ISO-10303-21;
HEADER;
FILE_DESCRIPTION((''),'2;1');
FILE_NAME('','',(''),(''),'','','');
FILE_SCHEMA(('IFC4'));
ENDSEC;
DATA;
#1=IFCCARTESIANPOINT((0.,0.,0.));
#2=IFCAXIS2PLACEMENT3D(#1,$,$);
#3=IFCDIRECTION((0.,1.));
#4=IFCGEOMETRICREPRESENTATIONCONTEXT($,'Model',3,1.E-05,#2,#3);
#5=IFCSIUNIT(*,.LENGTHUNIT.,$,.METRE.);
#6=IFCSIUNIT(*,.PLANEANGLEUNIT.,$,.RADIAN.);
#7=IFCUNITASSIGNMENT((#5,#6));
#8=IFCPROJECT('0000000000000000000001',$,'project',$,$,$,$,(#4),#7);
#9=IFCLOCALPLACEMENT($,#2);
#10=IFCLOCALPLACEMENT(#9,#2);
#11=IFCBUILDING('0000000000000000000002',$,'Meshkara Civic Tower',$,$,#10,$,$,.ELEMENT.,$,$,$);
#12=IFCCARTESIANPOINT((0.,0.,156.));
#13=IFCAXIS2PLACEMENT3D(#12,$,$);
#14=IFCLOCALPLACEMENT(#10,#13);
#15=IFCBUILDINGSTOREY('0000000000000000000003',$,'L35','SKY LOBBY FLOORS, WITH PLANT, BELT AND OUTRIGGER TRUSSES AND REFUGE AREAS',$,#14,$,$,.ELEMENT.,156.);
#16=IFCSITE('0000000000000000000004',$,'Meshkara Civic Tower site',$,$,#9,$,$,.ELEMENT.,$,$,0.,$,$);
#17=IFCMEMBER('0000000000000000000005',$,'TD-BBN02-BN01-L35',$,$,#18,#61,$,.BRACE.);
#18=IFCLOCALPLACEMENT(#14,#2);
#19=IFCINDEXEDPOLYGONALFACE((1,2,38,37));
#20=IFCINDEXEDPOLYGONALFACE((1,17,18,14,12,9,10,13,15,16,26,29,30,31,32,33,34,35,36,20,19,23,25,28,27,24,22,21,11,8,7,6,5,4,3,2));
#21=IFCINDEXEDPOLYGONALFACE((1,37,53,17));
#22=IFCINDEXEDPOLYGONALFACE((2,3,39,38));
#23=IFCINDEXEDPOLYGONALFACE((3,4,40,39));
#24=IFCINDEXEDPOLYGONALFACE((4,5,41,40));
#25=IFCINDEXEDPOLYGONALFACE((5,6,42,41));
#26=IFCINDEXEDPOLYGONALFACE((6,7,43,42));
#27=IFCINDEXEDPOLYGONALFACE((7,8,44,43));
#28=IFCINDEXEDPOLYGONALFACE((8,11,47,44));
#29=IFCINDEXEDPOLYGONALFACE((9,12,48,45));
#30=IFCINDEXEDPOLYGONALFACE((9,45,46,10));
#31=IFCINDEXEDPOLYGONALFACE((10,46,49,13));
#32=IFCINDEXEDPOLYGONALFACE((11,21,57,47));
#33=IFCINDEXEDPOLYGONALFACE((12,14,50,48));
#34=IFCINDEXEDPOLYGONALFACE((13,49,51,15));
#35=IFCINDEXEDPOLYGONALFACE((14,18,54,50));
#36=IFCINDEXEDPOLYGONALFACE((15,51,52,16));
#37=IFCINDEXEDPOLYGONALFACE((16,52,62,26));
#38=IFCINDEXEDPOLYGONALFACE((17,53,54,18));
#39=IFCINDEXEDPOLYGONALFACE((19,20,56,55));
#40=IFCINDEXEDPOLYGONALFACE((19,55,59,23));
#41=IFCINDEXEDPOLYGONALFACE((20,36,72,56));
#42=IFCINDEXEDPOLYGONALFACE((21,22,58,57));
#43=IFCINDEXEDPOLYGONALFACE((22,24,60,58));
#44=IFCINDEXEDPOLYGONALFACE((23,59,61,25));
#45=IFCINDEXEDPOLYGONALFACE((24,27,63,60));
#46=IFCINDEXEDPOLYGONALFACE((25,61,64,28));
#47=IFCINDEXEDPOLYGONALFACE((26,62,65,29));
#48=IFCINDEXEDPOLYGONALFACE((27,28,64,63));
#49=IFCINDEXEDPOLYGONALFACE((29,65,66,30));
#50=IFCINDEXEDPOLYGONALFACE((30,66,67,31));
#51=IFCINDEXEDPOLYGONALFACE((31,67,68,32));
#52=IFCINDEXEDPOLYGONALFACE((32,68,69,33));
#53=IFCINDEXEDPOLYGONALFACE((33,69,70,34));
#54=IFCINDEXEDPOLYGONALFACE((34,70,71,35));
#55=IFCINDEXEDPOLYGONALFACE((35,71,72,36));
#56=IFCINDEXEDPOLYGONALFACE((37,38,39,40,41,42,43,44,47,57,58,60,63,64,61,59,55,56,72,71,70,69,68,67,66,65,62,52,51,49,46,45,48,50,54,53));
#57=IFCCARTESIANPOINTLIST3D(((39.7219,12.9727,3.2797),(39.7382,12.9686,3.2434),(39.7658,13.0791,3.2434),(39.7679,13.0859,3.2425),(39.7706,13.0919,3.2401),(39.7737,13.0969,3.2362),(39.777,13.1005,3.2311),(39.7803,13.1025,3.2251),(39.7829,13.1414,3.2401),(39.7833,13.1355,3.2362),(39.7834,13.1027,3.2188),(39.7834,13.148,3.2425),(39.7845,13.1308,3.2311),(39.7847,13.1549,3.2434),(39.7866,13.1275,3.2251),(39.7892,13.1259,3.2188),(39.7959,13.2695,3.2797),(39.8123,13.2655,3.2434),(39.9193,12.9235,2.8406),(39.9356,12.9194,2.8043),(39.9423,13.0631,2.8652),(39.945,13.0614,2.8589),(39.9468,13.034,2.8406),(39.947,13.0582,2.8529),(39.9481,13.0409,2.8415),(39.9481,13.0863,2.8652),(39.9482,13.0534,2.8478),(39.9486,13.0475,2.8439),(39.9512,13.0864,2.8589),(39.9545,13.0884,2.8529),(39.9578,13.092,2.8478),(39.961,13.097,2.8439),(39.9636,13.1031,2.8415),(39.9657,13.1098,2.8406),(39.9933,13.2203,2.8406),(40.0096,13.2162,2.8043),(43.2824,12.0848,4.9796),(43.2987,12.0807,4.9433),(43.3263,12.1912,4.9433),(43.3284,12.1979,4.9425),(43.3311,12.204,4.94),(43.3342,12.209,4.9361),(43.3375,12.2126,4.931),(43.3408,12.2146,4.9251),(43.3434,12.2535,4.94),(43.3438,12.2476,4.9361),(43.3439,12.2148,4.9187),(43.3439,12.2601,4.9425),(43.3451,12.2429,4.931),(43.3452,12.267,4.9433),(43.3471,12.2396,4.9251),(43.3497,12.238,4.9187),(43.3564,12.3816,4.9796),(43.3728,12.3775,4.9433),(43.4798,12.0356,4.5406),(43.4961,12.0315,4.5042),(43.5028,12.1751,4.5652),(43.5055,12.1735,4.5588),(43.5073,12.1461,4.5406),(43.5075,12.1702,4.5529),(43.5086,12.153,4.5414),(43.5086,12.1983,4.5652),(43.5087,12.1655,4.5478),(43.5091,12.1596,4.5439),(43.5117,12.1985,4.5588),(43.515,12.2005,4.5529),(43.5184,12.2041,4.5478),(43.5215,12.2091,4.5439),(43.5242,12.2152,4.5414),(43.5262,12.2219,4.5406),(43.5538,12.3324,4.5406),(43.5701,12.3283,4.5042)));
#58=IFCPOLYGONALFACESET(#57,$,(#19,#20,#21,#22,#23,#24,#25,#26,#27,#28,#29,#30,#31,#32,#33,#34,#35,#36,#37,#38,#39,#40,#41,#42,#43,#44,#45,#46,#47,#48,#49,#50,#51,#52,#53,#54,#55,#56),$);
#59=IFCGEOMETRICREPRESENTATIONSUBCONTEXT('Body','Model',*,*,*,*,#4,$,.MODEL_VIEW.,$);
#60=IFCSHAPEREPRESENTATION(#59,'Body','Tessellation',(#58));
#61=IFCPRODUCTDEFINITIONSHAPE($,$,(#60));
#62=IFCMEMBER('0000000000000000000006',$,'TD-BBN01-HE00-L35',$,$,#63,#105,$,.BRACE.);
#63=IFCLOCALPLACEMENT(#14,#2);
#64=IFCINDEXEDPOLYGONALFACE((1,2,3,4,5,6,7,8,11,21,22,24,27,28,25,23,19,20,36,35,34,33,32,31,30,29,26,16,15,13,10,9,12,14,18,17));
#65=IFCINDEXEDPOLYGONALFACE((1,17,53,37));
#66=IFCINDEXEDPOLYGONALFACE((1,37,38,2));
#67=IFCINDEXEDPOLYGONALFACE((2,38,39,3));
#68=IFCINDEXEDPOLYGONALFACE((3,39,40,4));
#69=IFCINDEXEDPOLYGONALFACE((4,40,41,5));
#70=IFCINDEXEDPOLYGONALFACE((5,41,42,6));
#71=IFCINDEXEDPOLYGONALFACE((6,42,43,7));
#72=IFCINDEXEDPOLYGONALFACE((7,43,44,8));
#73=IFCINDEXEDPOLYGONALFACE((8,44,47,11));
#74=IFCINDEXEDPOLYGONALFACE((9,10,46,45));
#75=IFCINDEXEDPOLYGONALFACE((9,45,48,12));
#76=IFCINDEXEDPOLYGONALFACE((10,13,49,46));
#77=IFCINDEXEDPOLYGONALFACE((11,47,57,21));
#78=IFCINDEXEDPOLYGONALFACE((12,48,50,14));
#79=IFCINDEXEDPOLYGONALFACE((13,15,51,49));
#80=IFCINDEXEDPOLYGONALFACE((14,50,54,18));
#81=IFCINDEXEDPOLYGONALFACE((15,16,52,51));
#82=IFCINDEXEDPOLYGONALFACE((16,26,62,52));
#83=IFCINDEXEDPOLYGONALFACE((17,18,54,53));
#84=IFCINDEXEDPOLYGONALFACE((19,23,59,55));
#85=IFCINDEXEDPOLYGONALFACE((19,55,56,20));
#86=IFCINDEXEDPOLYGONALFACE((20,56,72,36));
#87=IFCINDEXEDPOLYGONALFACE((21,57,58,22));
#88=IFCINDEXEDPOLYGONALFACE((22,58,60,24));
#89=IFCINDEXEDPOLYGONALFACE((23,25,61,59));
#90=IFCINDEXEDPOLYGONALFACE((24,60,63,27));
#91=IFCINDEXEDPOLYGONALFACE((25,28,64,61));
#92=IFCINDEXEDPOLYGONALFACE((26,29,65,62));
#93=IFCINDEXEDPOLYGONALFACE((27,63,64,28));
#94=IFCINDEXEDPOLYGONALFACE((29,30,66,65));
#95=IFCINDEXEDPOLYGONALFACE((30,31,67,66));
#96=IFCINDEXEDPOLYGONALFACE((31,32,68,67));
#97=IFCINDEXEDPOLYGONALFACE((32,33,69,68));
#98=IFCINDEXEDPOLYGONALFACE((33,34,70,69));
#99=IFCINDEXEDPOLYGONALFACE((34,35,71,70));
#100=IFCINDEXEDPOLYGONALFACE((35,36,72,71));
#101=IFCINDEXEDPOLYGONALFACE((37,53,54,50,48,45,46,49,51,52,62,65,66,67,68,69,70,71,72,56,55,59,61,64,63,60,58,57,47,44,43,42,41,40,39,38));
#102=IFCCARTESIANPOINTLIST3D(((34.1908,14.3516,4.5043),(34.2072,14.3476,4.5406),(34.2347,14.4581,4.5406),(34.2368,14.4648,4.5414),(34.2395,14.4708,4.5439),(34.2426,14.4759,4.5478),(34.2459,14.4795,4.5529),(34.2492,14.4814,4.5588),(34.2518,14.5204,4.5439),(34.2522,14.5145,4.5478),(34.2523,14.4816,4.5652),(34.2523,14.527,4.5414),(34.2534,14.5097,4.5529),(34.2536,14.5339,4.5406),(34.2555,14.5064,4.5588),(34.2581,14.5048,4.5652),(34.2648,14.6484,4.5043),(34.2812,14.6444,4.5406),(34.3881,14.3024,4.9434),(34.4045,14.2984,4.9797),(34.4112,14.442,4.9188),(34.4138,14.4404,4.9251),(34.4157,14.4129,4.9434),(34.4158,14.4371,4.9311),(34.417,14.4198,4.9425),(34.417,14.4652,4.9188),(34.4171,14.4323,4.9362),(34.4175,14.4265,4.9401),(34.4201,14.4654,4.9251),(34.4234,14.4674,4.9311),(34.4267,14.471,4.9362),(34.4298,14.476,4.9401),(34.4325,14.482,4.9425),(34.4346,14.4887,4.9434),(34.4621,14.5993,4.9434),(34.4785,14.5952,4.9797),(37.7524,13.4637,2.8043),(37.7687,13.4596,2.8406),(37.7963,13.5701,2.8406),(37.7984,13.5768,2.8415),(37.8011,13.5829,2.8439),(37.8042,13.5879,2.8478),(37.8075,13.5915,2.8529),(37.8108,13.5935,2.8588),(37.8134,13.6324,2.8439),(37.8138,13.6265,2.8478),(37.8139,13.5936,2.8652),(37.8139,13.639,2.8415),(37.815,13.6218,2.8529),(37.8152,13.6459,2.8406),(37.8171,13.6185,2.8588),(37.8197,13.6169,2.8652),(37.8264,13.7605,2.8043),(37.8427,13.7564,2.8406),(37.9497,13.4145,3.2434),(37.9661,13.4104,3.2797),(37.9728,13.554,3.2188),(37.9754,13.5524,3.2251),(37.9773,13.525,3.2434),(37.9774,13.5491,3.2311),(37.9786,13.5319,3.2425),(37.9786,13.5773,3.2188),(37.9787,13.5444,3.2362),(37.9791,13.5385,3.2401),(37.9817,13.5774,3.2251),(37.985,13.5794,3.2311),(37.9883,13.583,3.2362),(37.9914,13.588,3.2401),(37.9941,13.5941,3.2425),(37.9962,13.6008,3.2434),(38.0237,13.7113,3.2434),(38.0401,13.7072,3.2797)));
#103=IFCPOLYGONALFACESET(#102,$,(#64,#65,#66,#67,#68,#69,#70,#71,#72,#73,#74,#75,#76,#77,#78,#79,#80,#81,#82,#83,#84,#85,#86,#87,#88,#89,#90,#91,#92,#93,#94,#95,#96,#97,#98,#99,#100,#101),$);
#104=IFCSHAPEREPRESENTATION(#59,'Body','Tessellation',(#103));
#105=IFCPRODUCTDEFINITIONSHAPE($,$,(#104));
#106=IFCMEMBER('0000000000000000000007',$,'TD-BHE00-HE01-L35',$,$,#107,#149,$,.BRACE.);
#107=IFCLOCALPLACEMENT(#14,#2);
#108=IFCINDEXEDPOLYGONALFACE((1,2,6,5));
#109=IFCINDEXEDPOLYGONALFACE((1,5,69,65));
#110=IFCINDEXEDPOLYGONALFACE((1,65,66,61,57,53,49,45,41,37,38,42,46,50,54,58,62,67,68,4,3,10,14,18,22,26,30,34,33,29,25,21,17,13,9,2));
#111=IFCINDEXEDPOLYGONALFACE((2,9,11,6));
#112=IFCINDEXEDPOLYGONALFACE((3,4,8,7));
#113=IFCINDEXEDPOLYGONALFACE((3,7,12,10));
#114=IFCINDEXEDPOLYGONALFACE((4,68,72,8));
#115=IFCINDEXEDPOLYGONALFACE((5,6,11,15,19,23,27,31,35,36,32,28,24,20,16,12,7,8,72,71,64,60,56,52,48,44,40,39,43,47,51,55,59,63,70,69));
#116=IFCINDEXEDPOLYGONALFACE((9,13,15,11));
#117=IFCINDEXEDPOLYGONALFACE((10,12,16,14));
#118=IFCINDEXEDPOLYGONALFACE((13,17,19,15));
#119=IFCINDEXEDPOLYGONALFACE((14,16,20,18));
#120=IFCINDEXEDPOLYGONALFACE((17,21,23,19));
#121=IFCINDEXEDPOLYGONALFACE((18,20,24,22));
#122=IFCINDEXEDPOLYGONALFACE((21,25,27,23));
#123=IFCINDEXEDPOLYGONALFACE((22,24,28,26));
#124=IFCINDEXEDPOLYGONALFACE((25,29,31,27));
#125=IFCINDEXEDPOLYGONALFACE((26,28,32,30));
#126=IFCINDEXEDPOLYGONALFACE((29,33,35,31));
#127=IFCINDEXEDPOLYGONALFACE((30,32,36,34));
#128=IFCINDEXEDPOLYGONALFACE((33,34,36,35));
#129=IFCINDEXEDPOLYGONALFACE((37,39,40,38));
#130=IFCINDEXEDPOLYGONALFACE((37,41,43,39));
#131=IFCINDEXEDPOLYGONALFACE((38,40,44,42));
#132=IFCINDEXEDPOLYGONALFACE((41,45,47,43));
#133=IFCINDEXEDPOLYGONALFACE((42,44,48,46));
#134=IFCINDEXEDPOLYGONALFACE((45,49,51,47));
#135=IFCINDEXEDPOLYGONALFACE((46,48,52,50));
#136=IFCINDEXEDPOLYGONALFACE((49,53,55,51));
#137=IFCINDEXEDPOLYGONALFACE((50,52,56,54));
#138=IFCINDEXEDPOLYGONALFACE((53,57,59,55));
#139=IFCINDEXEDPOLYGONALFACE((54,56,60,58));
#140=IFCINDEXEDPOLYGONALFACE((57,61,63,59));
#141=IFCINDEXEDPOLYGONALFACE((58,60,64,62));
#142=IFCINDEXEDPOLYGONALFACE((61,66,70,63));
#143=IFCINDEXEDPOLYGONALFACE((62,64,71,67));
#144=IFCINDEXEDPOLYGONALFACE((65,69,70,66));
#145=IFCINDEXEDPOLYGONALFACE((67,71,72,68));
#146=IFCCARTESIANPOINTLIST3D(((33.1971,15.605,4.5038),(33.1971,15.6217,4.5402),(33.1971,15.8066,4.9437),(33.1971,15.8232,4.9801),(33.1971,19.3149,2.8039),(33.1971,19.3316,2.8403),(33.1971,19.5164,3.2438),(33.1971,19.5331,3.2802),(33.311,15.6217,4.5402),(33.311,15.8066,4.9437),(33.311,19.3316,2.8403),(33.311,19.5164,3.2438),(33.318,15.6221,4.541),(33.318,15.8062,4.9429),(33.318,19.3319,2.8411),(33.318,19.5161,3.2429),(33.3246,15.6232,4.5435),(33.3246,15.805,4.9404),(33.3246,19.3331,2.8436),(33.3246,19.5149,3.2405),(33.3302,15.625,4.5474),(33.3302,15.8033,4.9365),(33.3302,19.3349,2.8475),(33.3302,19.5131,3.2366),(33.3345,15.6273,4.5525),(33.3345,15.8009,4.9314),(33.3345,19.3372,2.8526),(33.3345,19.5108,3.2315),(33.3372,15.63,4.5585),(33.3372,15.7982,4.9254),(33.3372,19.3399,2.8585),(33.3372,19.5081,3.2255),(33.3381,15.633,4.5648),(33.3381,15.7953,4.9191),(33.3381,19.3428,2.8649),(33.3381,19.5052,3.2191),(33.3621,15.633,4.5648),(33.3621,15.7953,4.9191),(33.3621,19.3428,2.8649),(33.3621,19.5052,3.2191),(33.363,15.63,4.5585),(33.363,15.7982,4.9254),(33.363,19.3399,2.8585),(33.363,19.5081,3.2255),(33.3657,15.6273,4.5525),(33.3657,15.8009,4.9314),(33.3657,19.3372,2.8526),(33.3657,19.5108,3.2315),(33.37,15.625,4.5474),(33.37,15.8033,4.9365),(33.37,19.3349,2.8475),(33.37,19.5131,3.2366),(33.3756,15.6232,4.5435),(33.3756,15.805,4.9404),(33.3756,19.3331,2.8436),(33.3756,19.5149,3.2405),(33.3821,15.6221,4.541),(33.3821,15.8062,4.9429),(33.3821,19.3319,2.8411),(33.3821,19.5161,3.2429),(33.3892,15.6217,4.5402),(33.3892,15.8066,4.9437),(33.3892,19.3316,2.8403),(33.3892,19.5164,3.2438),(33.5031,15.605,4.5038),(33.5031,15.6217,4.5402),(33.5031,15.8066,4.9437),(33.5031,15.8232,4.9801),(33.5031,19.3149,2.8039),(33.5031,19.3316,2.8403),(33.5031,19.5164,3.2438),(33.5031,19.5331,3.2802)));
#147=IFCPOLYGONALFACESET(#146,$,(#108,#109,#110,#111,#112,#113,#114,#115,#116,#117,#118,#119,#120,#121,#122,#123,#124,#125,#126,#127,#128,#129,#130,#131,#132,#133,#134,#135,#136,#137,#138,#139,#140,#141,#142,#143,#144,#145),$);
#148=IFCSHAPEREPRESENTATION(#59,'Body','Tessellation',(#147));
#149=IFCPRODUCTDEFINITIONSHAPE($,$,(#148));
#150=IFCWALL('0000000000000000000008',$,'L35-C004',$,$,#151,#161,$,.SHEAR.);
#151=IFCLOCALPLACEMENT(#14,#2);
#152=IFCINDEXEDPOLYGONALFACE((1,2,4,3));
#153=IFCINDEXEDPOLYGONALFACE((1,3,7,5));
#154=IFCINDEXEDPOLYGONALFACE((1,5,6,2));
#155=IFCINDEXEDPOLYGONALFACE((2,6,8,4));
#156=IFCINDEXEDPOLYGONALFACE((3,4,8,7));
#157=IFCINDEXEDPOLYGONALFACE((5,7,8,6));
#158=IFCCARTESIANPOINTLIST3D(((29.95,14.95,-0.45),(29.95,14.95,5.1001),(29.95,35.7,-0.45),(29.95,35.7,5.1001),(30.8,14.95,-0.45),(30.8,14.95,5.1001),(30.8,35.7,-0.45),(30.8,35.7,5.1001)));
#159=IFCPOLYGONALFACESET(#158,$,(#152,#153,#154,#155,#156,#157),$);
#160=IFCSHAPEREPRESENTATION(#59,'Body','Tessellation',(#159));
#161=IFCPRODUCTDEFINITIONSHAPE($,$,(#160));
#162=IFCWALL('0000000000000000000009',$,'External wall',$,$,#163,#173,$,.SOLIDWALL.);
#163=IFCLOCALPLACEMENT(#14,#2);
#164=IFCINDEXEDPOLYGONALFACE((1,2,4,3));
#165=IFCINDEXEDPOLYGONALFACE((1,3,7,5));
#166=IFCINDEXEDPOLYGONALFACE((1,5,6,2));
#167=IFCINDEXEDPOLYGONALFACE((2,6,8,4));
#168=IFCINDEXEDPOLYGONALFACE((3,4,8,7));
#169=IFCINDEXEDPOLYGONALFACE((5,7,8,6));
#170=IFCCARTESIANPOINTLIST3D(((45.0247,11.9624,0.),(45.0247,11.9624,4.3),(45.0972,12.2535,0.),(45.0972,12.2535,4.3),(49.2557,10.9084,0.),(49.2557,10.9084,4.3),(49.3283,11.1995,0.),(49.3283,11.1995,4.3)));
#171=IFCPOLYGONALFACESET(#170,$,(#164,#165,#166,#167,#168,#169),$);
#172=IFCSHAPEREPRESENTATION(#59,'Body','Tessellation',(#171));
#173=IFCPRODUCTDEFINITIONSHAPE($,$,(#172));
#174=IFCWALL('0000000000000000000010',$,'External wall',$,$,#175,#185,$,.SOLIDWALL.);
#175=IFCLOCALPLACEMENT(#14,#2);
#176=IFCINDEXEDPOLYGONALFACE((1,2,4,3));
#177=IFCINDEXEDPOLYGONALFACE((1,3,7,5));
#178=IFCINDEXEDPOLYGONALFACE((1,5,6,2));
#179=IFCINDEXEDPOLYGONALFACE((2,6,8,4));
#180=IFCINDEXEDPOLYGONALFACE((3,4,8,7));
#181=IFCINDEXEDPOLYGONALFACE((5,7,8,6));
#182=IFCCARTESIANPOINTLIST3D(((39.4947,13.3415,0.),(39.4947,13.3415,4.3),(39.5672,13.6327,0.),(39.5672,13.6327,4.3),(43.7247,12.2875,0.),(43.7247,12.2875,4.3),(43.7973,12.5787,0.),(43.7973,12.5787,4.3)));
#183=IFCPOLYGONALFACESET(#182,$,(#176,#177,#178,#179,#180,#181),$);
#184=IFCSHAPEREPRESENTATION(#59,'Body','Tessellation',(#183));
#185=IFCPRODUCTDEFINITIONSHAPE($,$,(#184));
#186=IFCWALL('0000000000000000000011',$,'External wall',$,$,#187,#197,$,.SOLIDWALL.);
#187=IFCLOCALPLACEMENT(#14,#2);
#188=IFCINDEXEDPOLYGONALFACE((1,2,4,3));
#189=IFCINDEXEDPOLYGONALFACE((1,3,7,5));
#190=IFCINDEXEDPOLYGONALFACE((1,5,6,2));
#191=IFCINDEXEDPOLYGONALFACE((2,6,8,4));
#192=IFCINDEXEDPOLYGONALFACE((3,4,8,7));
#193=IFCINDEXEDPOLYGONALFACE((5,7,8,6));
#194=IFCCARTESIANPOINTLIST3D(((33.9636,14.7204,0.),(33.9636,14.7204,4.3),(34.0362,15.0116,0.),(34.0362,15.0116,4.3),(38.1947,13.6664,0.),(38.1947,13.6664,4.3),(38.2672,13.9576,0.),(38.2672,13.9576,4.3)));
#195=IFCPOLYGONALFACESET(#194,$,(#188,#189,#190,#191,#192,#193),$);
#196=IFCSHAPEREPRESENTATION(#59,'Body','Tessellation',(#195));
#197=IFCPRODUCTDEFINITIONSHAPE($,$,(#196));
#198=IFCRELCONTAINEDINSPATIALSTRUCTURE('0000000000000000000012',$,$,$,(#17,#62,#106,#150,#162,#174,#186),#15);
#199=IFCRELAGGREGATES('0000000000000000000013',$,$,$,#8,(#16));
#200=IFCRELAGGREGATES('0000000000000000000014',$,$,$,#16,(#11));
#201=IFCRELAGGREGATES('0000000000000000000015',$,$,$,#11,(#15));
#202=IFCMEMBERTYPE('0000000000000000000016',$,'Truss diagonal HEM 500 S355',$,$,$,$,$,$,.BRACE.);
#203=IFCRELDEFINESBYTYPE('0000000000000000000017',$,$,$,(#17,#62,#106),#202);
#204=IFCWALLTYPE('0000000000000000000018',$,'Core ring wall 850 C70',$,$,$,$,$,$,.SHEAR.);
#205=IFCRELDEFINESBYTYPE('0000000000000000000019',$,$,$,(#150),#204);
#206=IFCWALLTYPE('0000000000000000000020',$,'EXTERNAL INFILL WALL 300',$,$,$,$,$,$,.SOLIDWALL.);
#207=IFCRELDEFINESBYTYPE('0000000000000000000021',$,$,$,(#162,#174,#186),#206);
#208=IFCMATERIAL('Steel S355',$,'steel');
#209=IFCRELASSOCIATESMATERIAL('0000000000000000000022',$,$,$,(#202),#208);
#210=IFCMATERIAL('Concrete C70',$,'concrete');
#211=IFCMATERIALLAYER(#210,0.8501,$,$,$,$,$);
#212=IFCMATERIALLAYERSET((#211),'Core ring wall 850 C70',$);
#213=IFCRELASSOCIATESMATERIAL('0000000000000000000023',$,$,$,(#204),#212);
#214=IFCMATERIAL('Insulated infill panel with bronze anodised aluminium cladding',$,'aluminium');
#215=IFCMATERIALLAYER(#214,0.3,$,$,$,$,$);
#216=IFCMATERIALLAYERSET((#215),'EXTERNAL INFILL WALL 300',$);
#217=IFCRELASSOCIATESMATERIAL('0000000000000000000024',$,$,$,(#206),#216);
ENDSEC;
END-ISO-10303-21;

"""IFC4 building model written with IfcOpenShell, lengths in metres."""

from ifc_helpers import new_model, si_unit, direction, frame, frame_2d, origin, origin_2d, place, context, subcontext, project, spatial, rectangle, i_section, extrude, material, layer, layer_set, material_profile, profile_set, type_object, element, save


model = new_model("IFC4")

# Units and contexts
model_context = context("Model", 3, precision=1e-05, world=origin(), true_north=direction((0.0, 1.0)))
body_context = subcontext(model_context, "Body", "Model", "MODEL_VIEW")
ifc_project = project(units=[si_unit("LENGTHUNIT", "METRE"), si_unit("PLANEANGLEUNIT", "RADIAN")], contexts=[model_context])

# Site, building, storey
site_placement = place(None, origin())
site = spatial("IfcSite", under=ifc_project, at=site_placement, Name="Meshkara Civic Tower site", CompositionType="ELEMENT", RefElevation=0.0)
building_placement = place(site_placement, origin())
building = spatial("IfcBuilding", under=site, at=building_placement, Name="Meshkara Civic Tower", CompositionType="ELEMENT")
storey_placement = place(building_placement, frame((0.0, 0.0, 156.0)))
storey = spatial("IfcBuildingStorey", under=building, at=storey_placement, Name="L35", Description="SKY LOBBY FLOORS, WITH PLANT, BELT AND OUTRIGGER TRUSSES AND REFUGE AREAS", CompositionType="ELEMENT", Elevation=156.0)

# Members
ifc_material_1 = material(Name="Steel S355", Category="steel")
ifc_material_profile_1 = material_profile(ifc_material_1, i_section(OverallWidth=0.3059, OverallDepth=0.5239, WebThickness=0.0239, FlangeThickness=0.04, FilletRadius=0.0271, at=origin_2d()))
ifc_profile_set_1 = profile_set([ifc_material_profile_1], Name="Steel S355")
member_type = type_object("IfcMemberType", Name="Truss diagonal HEM 500 S355", PredefinedType="BRACE", material=ifc_profile_set_1)
member_1_placement = place(storey_placement, frame((43.4263, 12.2065, 4.7419), z_axis=(-0.880403, 0.219557, -0.42034), x_axis=(-0.241972, -0.970283, 0.0)))
element("IfcMember", 1, at=member_1_placement, inside=storey, type_object=member_type, Name="TD-BBN02-BN01-L35", PredefinedType="BRACE", context=body_context, shape_type="SweptSolid", body=[
    extrude(i_section(OverallWidth=0.3059, OverallDepth=0.5239, WebThickness=0.0239, FlangeThickness=0.04, FilletRadius=0.0271, at=origin_2d()), origin(), (0.0, 0.0, 1.0), 4.0442),
])
member_2_placement = place(storey_placement, frame((37.8962, 13.5854, 3.042), z_axis=(-0.880457, 0.219511, 0.420251), x_axis=(-0.24191, -0.970299, 0.0)))
element("IfcMember", 2, at=member_2_placement, inside=storey, type_object=member_type, Name="TD-BBN01-HE00-L35", PredefinedType="BRACE", context=body_context, shape_type="SweptSolid", body=[
    extrude(i_section(OverallWidth=0.3059, OverallDepth=0.5239, WebThickness=0.0239, FlangeThickness=0.04, FilletRadius=0.0271, at=origin_2d()), origin(), (0.0, 0.0, 1.0), 4.0452),
])
member_3_placement = place(storey_placement, frame((33.3501, 15.7141, 4.7419), z_axis=(0.0, 0.909106, -0.416564), x_axis=(-1.0, 0.0, 0.0)))
element("IfcMember", 3, at=member_3_placement, inside=storey, type_object=member_type, Name="TD-BHE00-HE01-L35", PredefinedType="BRACE", context=body_context, shape_type="SweptSolid", body=[
    extrude(i_section(OverallWidth=0.3059, OverallDepth=0.5239, WebThickness=0.0239, FlangeThickness=0.04, FilletRadius=0.0271, at=origin_2d()), origin(), (0.0, 0.0, 1.0), 4.0808),
])

# Walls
ifc_material_2 = material(Name="Concrete C70", Category="concrete")
ifc_layer_1 = layer(ifc_material_2, 0.8501)
ifc_layer_set_1 = layer_set([ifc_layer_1], Name="Core ring wall 850 C70")
wall_type_1 = type_object("IfcWallType", Name="Core ring wall 850 C70", PredefinedType="SHEAR", material=ifc_layer_set_1)
wall_1_placement = place(storey_placement, frame((30.375, 14.95, -0.45), z_axis=(0.0, 0.0, 1.0), x_axis=(0.0, 1.0, 0.0)))
element("IfcWall", 4, at=wall_1_placement, inside=storey, type_object=wall_type_1, Name="L35-C004", PredefinedType="SHEAR", context=body_context, shape_type="SweptSolid", body=[
    extrude(rectangle(XDim=20.75, YDim=0.8501, at=frame_2d((10.375, 0.0))), origin(), (0.0, 0.0, 1.0), 5.55),
])
ifc_material_3 = material(Name="Insulated infill panel with bronze anodised aluminium cladding", Category="aluminium")
ifc_layer_2 = layer(ifc_material_3, 0.3)
ifc_layer_set_2 = layer_set([ifc_layer_2], Name="EXTERNAL INFILL WALL 300")
wall_type_2 = type_object("IfcWallType", Name="EXTERNAL INFILL WALL 300", PredefinedType="SOLIDWALL", material=ifc_layer_set_2)
wall_2_placement = place(storey_placement, frame((49.292, 11.054, 0.0), z_axis=(0.0, 0.0, 1.0), x_axis=(-0.970346, 0.241719, 0.0)))
element("IfcWall", 5, at=wall_2_placement, inside=storey, type_object=wall_type_2, Name="External wall", PredefinedType="SOLIDWALL", context=body_context, shape_type="SweptSolid", body=[
    extrude(rectangle(XDim=4.3604, YDim=0.3, at=frame_2d((2.1802, 0.0))), origin(), (0.0, 0.0, 1.0), 4.3),
])
wall_3_placement = place(storey_placement, frame((43.761, 12.4331, 0.0), z_axis=(0.0, 0.0, 1.0), x_axis=(-0.970333, 0.241771, 0.0)))
element("IfcWall", 6, at=wall_3_placement, inside=storey, type_object=wall_type_2, Name="External wall", PredefinedType="SOLIDWALL", context=body_context, shape_type="SweptSolid", body=[
    extrude(rectangle(XDim=4.3594, YDim=0.3, at=frame_2d((2.1797, 0.0))), origin(), (0.0, 0.0, 1.0), 4.3),
])
wall_4_placement = place(storey_placement, frame((38.231, 13.812, 0.0), z_axis=(0.0, 0.0, 1.0), x_axis=(-0.970346, 0.241719, 0.0)))
element("IfcWall", 7, at=wall_4_placement, inside=storey, type_object=wall_type_2, Name="External wall", PredefinedType="SOLIDWALL", context=body_context, shape_type="SweptSolid", body=[
    extrude(rectangle(XDim=4.3604, YDim=0.3, at=frame_2d((2.1802, 0.0))), origin(), (0.0, 0.0, 1.0), 4.3),
])

save(model, "model.ifc")
